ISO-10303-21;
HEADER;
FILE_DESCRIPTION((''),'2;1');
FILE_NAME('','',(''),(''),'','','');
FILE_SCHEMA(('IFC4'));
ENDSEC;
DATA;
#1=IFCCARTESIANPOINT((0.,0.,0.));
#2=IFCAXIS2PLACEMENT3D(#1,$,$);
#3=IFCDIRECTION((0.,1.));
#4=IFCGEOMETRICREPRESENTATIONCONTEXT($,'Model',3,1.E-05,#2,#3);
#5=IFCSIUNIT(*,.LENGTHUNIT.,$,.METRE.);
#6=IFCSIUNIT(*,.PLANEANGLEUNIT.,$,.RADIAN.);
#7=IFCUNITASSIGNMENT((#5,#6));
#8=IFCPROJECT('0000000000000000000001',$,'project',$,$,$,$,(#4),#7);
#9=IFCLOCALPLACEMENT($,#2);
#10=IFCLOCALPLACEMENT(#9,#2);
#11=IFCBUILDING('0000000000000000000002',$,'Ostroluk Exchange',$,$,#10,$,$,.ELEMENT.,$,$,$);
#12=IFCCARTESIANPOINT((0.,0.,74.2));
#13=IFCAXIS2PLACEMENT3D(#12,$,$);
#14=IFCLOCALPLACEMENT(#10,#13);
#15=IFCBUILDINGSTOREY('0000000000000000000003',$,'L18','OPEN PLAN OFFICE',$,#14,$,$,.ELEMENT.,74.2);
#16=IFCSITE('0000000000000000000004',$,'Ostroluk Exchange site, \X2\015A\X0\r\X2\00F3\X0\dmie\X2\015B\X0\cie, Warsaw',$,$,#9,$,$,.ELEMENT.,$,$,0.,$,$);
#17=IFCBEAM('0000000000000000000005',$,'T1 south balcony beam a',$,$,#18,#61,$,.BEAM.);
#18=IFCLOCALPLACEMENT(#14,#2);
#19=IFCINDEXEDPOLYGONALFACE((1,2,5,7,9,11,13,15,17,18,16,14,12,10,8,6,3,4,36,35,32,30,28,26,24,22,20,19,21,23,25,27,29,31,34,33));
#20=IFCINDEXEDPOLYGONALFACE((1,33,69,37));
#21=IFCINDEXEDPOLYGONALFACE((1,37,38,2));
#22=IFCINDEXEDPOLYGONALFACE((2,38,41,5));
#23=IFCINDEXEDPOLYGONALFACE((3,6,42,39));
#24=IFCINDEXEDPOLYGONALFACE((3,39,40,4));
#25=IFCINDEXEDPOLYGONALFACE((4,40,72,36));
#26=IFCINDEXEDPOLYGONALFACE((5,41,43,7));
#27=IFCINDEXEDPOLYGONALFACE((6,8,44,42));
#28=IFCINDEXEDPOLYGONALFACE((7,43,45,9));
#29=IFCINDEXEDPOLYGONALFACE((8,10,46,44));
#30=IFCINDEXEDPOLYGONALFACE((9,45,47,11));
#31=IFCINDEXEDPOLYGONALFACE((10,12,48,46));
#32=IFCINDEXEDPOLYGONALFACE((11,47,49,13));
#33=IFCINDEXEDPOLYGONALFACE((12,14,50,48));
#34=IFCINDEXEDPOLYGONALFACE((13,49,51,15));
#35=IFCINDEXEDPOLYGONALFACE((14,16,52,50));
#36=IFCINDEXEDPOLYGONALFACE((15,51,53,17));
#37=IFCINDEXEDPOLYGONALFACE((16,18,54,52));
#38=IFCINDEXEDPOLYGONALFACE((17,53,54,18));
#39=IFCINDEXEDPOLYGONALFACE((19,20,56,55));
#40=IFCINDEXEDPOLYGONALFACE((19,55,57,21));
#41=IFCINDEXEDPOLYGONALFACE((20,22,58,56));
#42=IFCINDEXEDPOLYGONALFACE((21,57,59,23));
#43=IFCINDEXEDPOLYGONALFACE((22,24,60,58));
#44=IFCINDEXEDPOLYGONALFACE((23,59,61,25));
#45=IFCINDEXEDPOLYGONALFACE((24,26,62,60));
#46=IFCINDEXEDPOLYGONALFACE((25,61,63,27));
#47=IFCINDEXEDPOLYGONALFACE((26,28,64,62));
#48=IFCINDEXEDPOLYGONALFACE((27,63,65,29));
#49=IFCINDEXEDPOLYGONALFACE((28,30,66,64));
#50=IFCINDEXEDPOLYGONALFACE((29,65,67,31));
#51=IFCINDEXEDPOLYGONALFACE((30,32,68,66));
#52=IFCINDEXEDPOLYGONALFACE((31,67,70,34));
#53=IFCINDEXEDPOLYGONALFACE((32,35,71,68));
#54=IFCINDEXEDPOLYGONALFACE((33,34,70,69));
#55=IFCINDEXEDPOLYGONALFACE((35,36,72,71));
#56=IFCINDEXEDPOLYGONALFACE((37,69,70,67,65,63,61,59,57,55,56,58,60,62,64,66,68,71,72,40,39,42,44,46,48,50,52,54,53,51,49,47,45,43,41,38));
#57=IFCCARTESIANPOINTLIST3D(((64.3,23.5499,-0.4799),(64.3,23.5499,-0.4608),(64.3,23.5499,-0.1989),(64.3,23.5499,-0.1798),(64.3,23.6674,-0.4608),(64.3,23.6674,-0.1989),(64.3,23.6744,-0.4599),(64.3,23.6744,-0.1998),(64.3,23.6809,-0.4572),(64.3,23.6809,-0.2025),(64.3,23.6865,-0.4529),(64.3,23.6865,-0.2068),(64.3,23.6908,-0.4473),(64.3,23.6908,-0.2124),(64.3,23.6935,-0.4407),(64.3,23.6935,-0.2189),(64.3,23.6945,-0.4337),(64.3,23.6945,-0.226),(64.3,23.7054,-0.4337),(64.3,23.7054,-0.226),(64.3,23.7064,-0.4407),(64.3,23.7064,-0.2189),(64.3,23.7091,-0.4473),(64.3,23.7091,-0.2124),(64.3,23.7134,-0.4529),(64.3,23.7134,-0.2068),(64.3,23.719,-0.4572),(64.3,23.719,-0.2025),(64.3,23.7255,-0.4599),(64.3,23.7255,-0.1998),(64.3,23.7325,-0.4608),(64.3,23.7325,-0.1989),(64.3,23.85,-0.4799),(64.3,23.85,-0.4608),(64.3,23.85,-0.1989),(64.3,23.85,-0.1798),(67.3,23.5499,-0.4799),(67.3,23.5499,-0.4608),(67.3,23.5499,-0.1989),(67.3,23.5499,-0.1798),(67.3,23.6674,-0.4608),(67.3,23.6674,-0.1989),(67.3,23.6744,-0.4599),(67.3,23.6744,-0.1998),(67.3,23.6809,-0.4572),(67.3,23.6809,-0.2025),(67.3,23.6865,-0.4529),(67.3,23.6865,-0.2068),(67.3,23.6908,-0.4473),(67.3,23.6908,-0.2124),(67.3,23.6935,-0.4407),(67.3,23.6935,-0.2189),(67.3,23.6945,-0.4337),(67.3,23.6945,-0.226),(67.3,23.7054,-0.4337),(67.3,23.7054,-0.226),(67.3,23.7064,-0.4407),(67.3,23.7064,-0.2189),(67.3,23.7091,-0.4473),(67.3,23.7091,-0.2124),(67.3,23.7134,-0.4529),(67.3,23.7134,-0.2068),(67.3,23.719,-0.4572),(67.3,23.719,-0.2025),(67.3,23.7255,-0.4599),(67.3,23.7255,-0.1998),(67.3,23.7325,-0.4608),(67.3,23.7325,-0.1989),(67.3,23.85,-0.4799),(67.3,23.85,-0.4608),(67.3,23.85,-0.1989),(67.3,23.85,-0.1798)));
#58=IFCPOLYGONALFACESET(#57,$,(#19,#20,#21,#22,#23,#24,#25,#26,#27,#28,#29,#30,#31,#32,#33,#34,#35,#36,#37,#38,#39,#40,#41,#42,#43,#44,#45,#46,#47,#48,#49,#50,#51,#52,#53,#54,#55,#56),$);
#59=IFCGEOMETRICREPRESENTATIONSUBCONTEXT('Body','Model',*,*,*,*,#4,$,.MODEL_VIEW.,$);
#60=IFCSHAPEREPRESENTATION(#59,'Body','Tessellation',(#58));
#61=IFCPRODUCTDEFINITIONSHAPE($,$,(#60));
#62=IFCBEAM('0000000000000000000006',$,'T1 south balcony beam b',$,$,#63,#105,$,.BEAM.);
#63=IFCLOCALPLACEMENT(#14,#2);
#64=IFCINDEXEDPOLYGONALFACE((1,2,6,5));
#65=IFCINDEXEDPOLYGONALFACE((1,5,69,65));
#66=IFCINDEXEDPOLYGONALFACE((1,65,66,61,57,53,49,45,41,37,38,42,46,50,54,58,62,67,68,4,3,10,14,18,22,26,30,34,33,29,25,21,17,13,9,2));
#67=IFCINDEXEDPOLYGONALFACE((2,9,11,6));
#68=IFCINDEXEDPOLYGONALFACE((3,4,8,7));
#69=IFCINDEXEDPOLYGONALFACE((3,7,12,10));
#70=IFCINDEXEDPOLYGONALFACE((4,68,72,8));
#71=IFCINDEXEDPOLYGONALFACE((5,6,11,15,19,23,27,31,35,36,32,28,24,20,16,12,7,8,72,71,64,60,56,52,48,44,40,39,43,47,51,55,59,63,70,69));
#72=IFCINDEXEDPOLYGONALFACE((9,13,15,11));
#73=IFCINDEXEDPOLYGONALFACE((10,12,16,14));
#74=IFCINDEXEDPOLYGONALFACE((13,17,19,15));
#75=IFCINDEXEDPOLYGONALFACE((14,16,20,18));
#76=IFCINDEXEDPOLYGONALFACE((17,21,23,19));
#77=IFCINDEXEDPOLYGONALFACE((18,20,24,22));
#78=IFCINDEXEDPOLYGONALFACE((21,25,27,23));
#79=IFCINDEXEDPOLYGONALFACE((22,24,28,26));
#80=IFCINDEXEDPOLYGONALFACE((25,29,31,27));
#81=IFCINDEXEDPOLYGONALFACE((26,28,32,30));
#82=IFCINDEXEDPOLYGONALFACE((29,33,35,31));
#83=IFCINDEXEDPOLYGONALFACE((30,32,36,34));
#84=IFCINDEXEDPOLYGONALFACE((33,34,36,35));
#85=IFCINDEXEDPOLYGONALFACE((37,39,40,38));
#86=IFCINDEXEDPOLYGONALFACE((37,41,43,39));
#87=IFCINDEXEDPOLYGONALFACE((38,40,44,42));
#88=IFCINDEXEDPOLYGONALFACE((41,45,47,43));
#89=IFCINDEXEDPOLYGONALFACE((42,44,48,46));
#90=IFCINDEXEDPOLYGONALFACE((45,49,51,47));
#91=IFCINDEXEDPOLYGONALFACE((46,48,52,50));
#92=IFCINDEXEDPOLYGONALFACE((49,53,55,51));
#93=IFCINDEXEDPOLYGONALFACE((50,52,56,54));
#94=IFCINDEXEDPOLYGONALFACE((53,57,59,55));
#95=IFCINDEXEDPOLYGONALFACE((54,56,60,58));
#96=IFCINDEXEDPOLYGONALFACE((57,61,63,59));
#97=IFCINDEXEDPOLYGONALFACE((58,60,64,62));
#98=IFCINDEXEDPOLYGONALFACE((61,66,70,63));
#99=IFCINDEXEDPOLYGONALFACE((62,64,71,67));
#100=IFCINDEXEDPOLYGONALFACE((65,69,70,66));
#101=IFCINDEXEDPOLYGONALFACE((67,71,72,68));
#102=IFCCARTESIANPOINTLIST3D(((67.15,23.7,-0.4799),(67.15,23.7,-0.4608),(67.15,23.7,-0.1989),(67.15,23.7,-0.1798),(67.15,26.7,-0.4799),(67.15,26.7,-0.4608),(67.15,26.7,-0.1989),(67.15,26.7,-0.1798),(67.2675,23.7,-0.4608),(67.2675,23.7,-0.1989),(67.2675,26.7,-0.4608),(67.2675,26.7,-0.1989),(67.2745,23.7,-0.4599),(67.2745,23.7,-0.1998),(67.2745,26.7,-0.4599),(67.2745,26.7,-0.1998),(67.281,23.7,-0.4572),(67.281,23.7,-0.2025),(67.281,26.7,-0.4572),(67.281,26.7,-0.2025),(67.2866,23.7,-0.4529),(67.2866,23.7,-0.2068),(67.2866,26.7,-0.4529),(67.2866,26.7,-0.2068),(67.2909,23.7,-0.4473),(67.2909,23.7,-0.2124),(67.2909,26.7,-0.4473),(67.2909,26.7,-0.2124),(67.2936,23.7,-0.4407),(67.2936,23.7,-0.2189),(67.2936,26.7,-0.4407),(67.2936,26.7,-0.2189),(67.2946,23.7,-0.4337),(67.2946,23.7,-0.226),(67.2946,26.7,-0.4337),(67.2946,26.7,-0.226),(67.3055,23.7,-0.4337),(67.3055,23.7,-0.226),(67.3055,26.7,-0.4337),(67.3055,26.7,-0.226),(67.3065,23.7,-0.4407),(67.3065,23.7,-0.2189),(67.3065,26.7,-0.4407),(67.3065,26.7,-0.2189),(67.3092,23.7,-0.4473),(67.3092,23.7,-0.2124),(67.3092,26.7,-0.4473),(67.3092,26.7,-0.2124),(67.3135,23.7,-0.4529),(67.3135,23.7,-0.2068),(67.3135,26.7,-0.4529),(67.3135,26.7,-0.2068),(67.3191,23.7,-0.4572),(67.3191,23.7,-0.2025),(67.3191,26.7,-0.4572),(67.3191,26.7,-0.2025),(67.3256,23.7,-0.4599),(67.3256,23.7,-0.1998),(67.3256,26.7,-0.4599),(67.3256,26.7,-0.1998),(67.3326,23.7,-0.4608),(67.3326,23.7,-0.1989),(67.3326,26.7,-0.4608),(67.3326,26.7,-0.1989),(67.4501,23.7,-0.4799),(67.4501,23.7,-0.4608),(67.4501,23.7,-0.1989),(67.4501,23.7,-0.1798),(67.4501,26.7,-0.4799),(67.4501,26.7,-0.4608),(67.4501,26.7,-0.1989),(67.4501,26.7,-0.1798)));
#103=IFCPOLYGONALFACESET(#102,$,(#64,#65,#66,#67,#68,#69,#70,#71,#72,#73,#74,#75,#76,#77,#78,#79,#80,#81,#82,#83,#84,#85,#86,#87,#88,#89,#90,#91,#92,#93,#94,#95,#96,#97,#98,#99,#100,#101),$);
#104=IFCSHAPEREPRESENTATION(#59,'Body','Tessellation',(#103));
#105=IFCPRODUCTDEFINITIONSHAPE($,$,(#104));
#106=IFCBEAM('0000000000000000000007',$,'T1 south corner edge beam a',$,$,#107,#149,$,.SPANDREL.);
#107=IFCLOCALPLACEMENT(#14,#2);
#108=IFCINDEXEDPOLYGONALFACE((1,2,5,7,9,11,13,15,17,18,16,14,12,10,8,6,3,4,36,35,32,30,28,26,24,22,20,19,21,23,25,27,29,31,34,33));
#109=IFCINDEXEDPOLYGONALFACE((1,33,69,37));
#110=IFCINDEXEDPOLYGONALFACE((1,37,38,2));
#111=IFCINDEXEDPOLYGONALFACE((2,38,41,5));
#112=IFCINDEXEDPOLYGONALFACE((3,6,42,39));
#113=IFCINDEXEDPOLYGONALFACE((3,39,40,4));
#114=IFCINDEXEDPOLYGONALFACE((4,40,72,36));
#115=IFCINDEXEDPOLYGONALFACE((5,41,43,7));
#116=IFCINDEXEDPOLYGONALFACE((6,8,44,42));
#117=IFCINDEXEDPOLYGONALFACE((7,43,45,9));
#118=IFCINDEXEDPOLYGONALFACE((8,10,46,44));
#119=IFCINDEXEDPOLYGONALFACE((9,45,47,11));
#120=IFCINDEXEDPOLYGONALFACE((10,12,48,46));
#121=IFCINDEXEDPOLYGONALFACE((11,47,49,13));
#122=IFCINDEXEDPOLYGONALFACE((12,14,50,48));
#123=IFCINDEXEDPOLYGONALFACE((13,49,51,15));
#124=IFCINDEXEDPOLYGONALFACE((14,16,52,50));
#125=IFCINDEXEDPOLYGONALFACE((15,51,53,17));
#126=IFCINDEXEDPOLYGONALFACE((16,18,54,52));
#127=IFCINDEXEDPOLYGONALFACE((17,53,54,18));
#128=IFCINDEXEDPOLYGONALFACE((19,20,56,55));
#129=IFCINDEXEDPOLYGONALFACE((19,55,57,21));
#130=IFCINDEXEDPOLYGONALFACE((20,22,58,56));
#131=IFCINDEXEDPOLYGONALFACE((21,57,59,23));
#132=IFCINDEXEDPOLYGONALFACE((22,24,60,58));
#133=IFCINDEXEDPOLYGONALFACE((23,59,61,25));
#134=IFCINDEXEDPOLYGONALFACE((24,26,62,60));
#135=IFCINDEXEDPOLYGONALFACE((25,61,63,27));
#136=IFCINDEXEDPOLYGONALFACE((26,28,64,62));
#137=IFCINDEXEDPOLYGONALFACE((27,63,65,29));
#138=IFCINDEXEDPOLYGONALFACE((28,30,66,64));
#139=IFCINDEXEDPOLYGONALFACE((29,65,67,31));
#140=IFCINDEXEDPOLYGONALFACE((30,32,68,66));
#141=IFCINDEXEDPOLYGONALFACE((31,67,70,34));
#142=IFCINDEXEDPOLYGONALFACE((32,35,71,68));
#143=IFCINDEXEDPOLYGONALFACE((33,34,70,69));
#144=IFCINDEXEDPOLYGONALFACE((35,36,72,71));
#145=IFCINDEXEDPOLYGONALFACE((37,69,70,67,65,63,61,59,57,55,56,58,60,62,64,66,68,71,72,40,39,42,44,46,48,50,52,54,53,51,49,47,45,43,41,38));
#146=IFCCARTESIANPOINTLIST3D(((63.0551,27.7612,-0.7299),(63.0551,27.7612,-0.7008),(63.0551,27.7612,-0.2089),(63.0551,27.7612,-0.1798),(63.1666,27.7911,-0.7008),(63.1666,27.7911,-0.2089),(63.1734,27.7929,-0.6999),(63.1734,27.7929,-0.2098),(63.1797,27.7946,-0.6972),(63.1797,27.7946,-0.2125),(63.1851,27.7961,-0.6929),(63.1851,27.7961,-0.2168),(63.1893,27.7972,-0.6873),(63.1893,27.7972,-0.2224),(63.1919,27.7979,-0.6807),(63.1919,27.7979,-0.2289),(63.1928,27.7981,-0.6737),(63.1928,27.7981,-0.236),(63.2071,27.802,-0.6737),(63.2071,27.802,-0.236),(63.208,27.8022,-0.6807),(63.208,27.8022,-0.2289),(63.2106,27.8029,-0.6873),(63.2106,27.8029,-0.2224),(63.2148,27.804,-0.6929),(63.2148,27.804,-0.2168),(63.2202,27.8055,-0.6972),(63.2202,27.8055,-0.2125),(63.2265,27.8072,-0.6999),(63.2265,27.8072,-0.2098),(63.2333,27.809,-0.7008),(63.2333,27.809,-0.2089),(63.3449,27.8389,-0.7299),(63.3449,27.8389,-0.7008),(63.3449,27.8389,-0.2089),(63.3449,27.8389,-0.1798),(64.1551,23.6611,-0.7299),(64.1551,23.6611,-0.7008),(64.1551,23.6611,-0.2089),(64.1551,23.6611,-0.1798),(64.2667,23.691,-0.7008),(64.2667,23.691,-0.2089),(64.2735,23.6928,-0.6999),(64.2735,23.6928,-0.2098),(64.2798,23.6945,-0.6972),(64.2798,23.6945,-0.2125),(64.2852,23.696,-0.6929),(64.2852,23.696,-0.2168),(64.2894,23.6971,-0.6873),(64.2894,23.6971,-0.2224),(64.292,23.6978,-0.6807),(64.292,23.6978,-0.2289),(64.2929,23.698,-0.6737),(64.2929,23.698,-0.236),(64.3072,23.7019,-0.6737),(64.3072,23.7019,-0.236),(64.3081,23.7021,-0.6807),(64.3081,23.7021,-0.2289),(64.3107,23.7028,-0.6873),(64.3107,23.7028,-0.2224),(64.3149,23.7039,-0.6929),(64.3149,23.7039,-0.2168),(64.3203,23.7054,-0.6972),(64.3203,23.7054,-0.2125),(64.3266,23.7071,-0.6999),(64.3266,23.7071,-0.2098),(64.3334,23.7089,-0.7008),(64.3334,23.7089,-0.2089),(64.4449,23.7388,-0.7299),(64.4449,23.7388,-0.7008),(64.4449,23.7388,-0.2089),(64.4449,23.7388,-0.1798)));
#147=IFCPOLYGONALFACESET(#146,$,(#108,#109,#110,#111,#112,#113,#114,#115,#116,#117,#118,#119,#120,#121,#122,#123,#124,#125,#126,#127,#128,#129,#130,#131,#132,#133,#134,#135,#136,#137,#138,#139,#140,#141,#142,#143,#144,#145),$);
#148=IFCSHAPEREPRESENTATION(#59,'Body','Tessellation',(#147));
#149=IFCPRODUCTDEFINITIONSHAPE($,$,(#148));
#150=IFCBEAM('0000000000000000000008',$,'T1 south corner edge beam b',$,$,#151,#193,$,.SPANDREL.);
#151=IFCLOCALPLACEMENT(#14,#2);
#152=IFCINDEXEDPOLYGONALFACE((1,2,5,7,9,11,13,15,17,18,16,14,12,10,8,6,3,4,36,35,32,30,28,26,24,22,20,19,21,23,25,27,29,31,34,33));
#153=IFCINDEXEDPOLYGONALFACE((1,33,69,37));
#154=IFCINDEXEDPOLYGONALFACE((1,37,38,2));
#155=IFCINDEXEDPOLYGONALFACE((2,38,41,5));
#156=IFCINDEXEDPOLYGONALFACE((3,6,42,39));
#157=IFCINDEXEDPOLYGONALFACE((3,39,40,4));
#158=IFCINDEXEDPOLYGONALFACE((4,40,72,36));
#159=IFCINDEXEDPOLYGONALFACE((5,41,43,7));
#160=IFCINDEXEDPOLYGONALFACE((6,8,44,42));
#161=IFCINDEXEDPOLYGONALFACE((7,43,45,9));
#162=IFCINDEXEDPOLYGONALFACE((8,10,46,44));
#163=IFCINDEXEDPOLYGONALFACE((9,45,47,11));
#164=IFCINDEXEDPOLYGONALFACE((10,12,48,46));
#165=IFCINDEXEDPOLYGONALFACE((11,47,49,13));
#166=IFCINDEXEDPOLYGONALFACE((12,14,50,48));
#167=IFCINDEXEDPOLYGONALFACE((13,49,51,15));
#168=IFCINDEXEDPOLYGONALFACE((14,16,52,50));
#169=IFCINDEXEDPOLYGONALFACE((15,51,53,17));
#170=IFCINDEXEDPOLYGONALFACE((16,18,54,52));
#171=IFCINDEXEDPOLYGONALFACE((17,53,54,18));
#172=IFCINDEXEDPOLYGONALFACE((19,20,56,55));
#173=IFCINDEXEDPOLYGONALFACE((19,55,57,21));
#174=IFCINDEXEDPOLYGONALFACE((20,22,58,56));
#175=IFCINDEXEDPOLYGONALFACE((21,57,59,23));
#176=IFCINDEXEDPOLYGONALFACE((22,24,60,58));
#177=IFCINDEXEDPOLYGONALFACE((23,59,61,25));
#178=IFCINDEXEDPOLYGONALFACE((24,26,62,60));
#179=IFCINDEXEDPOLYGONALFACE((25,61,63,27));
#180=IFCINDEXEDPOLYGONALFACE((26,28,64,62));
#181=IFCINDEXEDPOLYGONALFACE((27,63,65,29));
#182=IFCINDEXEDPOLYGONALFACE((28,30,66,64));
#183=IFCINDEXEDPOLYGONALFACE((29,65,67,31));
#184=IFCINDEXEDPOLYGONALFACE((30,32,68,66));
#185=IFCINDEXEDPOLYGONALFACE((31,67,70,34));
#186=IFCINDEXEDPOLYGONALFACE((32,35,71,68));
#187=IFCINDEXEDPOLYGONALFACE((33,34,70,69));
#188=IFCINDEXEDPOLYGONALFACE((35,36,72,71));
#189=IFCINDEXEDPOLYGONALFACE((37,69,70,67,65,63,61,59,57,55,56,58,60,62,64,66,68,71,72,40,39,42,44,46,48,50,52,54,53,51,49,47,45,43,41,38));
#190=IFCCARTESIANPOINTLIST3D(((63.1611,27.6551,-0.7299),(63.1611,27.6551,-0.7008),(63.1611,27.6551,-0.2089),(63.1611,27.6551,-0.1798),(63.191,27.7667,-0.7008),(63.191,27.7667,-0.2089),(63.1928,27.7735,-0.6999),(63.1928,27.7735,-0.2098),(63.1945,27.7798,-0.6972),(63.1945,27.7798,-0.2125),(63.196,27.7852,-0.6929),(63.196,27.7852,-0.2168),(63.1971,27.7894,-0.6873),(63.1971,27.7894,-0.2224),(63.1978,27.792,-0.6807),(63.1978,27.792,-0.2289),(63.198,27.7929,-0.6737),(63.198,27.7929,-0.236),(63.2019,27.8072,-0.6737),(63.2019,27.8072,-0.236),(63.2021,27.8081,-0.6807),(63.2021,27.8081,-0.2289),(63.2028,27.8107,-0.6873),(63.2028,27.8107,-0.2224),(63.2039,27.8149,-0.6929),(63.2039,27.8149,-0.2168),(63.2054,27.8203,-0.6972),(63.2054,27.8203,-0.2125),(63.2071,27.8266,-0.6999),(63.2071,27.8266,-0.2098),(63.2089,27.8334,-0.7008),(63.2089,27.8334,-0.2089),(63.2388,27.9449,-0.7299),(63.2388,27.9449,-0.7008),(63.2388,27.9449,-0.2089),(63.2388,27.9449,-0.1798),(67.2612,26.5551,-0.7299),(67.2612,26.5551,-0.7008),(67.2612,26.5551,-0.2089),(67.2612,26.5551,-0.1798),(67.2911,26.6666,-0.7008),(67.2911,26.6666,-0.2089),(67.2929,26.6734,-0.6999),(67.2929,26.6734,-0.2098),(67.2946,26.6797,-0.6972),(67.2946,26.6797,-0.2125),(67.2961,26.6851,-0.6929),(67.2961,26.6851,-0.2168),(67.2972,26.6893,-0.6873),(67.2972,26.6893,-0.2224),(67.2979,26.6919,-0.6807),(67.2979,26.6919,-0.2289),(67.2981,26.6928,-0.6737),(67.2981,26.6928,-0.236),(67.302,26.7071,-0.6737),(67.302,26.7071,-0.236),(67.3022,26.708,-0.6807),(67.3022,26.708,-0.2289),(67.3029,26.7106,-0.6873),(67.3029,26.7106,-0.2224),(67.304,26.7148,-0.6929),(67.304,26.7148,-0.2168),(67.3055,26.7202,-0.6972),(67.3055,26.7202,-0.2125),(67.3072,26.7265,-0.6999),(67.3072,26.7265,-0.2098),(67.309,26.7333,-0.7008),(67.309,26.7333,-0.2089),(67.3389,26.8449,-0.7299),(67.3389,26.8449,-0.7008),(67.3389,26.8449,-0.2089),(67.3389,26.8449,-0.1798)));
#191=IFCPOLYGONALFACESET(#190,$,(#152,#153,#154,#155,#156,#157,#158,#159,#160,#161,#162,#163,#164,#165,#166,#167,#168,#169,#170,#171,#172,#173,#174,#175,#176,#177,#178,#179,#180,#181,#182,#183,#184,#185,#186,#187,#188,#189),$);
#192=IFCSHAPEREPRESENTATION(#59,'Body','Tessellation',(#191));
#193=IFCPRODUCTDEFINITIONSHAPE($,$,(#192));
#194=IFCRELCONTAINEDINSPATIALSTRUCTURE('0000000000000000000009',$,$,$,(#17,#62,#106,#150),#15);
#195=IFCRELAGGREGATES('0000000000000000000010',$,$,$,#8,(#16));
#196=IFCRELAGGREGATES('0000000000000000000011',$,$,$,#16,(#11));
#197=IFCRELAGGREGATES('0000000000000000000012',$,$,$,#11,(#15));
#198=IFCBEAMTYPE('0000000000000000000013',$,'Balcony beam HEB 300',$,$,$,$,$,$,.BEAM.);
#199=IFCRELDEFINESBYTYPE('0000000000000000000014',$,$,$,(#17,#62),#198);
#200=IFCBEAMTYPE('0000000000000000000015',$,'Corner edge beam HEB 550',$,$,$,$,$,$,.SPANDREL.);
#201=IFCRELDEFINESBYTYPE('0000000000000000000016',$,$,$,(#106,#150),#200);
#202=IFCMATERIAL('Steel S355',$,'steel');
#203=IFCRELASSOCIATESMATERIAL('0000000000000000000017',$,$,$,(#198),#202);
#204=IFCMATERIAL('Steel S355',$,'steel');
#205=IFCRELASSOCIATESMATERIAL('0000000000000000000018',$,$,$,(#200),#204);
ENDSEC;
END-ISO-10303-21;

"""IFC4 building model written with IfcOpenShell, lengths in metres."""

from ifc_helpers import new_model, si_unit, direction, frame, origin, origin_2d, place, context, subcontext, project, spatial, i_section, extrude, material, material_profile, profile_set, type_object, element, save


model = new_model("IFC4")

# Units and contexts
model_context = context("Model", 3, precision=1e-05, world=origin(), true_north=direction((0.0, 1.0)))
body_context = subcontext(model_context, "Body", "Model", "MODEL_VIEW")
ifc_project = project(units=[si_unit("LENGTHUNIT", "METRE"), si_unit("PLANEANGLEUNIT", "RADIAN")], contexts=[model_context])

# Site, building, storey
site_placement = place(None, origin())
site = spatial("IfcSite", under=ifc_project, at=site_placement, Name="Ostroluk Exchange site, Śródmieście, Warsaw", CompositionType="ELEMENT", RefElevation=0.0)
building_placement = place(site_placement, origin())
building = spatial("IfcBuilding", under=site, at=building_placement, Name="Ostroluk Exchange", CompositionType="ELEMENT")
storey_placement = place(building_placement, frame((0.0, 0.0, 74.2)))
storey = spatial("IfcBuildingStorey", under=building, at=storey_placement, Name="L18", Description="OPEN PLAN OFFICE", CompositionType="ELEMENT", Elevation=74.2)

# Beams
ifc_material_1 = material(Name="Steel S355", Category="steel")
ifc_material_profile_1 = material_profile(ifc_material_1, i_section(OverallWidth=0.3, OverallDepth=0.3, WebThickness=0.011, FlangeThickness=0.019, FilletRadius=0.0271, at=origin_2d()), Name="HEB 300")
ifc_profile_set_1 = profile_set([ifc_material_profile_1], Name="Steel S355")
beam_type_1 = type_object("IfcBeamType", Name="Balcony beam HEB 300", PredefinedType="BEAM", material=ifc_profile_set_1)
for number, where, z_axis, x_axis, name in (
    (1, (64.3, 23.7, -0.3298), (1.0, 0.0, 0.0), (0.0, 1.0, 0.0), "T1 south balcony beam a"),
    (2, (67.3, 26.7, -0.3298), (0.0, -1.0, 0.0), (1.0, 0.0, 0.0), "T1 south balcony beam b"),
):
    element("IfcBeam", number, at=place(storey_placement, frame(where, z_axis=z_axis, x_axis=x_axis)), inside=storey, type_object=beam_type_1, Name=name, PredefinedType="BEAM", context=body_context, shape_type="SweptSolid", body=[
        extrude(i_section(OverallWidth=0.3, OverallDepth=0.3, WebThickness=0.011, FlangeThickness=0.019, FilletRadius=0.0271, at=origin_2d()), origin(), (0.0, 0.0, 1.0), 3.0),
    ])
ifc_material_2 = material(Name="Steel S355", Category="steel")
ifc_material_profile_2 = material_profile(ifc_material_2, i_section(OverallWidth=0.3, OverallDepth=0.55, WebThickness=0.0149, FlangeThickness=0.0291, FilletRadius=0.0271, at=origin_2d()), Name="HEB 550")
ifc_profile_set_2 = profile_set([ifc_material_profile_2], Name="Steel S355")
beam_type_2 = type_object("IfcBeamType", Name="Corner edge beam HEB 550", PredefinedType="SPANDREL", material=ifc_profile_set_2)
for number, where, z_axis, x_axis, name in (
    (3, (63.2, 27.8, -0.4548), (0.259144, -0.965839, 0.0), (0.965839, 0.259144, 0.0), "T1 south corner edge beam a"),
    (4, (63.2, 27.8, -0.4548), (0.965839, -0.259144, 0.0), (0.259144, 0.965839, 0.0), "T1 south corner edge beam b"),
):
    element("IfcBeam", number, at=place(storey_placement, frame(where, z_axis=z_axis, x_axis=x_axis)), inside=storey, type_object=beam_type_2, Name=name, PredefinedType="SPANDREL", context=body_context, shape_type="SweptSolid", body=[
        extrude(i_section(OverallWidth=0.3, OverallDepth=0.55, WebThickness=0.0149, FlangeThickness=0.0291, FilletRadius=0.0271, at=origin_2d()), origin(), (0.0, 0.0, 1.0), 4.2451),
    ])

save(model, "model.ifc")
